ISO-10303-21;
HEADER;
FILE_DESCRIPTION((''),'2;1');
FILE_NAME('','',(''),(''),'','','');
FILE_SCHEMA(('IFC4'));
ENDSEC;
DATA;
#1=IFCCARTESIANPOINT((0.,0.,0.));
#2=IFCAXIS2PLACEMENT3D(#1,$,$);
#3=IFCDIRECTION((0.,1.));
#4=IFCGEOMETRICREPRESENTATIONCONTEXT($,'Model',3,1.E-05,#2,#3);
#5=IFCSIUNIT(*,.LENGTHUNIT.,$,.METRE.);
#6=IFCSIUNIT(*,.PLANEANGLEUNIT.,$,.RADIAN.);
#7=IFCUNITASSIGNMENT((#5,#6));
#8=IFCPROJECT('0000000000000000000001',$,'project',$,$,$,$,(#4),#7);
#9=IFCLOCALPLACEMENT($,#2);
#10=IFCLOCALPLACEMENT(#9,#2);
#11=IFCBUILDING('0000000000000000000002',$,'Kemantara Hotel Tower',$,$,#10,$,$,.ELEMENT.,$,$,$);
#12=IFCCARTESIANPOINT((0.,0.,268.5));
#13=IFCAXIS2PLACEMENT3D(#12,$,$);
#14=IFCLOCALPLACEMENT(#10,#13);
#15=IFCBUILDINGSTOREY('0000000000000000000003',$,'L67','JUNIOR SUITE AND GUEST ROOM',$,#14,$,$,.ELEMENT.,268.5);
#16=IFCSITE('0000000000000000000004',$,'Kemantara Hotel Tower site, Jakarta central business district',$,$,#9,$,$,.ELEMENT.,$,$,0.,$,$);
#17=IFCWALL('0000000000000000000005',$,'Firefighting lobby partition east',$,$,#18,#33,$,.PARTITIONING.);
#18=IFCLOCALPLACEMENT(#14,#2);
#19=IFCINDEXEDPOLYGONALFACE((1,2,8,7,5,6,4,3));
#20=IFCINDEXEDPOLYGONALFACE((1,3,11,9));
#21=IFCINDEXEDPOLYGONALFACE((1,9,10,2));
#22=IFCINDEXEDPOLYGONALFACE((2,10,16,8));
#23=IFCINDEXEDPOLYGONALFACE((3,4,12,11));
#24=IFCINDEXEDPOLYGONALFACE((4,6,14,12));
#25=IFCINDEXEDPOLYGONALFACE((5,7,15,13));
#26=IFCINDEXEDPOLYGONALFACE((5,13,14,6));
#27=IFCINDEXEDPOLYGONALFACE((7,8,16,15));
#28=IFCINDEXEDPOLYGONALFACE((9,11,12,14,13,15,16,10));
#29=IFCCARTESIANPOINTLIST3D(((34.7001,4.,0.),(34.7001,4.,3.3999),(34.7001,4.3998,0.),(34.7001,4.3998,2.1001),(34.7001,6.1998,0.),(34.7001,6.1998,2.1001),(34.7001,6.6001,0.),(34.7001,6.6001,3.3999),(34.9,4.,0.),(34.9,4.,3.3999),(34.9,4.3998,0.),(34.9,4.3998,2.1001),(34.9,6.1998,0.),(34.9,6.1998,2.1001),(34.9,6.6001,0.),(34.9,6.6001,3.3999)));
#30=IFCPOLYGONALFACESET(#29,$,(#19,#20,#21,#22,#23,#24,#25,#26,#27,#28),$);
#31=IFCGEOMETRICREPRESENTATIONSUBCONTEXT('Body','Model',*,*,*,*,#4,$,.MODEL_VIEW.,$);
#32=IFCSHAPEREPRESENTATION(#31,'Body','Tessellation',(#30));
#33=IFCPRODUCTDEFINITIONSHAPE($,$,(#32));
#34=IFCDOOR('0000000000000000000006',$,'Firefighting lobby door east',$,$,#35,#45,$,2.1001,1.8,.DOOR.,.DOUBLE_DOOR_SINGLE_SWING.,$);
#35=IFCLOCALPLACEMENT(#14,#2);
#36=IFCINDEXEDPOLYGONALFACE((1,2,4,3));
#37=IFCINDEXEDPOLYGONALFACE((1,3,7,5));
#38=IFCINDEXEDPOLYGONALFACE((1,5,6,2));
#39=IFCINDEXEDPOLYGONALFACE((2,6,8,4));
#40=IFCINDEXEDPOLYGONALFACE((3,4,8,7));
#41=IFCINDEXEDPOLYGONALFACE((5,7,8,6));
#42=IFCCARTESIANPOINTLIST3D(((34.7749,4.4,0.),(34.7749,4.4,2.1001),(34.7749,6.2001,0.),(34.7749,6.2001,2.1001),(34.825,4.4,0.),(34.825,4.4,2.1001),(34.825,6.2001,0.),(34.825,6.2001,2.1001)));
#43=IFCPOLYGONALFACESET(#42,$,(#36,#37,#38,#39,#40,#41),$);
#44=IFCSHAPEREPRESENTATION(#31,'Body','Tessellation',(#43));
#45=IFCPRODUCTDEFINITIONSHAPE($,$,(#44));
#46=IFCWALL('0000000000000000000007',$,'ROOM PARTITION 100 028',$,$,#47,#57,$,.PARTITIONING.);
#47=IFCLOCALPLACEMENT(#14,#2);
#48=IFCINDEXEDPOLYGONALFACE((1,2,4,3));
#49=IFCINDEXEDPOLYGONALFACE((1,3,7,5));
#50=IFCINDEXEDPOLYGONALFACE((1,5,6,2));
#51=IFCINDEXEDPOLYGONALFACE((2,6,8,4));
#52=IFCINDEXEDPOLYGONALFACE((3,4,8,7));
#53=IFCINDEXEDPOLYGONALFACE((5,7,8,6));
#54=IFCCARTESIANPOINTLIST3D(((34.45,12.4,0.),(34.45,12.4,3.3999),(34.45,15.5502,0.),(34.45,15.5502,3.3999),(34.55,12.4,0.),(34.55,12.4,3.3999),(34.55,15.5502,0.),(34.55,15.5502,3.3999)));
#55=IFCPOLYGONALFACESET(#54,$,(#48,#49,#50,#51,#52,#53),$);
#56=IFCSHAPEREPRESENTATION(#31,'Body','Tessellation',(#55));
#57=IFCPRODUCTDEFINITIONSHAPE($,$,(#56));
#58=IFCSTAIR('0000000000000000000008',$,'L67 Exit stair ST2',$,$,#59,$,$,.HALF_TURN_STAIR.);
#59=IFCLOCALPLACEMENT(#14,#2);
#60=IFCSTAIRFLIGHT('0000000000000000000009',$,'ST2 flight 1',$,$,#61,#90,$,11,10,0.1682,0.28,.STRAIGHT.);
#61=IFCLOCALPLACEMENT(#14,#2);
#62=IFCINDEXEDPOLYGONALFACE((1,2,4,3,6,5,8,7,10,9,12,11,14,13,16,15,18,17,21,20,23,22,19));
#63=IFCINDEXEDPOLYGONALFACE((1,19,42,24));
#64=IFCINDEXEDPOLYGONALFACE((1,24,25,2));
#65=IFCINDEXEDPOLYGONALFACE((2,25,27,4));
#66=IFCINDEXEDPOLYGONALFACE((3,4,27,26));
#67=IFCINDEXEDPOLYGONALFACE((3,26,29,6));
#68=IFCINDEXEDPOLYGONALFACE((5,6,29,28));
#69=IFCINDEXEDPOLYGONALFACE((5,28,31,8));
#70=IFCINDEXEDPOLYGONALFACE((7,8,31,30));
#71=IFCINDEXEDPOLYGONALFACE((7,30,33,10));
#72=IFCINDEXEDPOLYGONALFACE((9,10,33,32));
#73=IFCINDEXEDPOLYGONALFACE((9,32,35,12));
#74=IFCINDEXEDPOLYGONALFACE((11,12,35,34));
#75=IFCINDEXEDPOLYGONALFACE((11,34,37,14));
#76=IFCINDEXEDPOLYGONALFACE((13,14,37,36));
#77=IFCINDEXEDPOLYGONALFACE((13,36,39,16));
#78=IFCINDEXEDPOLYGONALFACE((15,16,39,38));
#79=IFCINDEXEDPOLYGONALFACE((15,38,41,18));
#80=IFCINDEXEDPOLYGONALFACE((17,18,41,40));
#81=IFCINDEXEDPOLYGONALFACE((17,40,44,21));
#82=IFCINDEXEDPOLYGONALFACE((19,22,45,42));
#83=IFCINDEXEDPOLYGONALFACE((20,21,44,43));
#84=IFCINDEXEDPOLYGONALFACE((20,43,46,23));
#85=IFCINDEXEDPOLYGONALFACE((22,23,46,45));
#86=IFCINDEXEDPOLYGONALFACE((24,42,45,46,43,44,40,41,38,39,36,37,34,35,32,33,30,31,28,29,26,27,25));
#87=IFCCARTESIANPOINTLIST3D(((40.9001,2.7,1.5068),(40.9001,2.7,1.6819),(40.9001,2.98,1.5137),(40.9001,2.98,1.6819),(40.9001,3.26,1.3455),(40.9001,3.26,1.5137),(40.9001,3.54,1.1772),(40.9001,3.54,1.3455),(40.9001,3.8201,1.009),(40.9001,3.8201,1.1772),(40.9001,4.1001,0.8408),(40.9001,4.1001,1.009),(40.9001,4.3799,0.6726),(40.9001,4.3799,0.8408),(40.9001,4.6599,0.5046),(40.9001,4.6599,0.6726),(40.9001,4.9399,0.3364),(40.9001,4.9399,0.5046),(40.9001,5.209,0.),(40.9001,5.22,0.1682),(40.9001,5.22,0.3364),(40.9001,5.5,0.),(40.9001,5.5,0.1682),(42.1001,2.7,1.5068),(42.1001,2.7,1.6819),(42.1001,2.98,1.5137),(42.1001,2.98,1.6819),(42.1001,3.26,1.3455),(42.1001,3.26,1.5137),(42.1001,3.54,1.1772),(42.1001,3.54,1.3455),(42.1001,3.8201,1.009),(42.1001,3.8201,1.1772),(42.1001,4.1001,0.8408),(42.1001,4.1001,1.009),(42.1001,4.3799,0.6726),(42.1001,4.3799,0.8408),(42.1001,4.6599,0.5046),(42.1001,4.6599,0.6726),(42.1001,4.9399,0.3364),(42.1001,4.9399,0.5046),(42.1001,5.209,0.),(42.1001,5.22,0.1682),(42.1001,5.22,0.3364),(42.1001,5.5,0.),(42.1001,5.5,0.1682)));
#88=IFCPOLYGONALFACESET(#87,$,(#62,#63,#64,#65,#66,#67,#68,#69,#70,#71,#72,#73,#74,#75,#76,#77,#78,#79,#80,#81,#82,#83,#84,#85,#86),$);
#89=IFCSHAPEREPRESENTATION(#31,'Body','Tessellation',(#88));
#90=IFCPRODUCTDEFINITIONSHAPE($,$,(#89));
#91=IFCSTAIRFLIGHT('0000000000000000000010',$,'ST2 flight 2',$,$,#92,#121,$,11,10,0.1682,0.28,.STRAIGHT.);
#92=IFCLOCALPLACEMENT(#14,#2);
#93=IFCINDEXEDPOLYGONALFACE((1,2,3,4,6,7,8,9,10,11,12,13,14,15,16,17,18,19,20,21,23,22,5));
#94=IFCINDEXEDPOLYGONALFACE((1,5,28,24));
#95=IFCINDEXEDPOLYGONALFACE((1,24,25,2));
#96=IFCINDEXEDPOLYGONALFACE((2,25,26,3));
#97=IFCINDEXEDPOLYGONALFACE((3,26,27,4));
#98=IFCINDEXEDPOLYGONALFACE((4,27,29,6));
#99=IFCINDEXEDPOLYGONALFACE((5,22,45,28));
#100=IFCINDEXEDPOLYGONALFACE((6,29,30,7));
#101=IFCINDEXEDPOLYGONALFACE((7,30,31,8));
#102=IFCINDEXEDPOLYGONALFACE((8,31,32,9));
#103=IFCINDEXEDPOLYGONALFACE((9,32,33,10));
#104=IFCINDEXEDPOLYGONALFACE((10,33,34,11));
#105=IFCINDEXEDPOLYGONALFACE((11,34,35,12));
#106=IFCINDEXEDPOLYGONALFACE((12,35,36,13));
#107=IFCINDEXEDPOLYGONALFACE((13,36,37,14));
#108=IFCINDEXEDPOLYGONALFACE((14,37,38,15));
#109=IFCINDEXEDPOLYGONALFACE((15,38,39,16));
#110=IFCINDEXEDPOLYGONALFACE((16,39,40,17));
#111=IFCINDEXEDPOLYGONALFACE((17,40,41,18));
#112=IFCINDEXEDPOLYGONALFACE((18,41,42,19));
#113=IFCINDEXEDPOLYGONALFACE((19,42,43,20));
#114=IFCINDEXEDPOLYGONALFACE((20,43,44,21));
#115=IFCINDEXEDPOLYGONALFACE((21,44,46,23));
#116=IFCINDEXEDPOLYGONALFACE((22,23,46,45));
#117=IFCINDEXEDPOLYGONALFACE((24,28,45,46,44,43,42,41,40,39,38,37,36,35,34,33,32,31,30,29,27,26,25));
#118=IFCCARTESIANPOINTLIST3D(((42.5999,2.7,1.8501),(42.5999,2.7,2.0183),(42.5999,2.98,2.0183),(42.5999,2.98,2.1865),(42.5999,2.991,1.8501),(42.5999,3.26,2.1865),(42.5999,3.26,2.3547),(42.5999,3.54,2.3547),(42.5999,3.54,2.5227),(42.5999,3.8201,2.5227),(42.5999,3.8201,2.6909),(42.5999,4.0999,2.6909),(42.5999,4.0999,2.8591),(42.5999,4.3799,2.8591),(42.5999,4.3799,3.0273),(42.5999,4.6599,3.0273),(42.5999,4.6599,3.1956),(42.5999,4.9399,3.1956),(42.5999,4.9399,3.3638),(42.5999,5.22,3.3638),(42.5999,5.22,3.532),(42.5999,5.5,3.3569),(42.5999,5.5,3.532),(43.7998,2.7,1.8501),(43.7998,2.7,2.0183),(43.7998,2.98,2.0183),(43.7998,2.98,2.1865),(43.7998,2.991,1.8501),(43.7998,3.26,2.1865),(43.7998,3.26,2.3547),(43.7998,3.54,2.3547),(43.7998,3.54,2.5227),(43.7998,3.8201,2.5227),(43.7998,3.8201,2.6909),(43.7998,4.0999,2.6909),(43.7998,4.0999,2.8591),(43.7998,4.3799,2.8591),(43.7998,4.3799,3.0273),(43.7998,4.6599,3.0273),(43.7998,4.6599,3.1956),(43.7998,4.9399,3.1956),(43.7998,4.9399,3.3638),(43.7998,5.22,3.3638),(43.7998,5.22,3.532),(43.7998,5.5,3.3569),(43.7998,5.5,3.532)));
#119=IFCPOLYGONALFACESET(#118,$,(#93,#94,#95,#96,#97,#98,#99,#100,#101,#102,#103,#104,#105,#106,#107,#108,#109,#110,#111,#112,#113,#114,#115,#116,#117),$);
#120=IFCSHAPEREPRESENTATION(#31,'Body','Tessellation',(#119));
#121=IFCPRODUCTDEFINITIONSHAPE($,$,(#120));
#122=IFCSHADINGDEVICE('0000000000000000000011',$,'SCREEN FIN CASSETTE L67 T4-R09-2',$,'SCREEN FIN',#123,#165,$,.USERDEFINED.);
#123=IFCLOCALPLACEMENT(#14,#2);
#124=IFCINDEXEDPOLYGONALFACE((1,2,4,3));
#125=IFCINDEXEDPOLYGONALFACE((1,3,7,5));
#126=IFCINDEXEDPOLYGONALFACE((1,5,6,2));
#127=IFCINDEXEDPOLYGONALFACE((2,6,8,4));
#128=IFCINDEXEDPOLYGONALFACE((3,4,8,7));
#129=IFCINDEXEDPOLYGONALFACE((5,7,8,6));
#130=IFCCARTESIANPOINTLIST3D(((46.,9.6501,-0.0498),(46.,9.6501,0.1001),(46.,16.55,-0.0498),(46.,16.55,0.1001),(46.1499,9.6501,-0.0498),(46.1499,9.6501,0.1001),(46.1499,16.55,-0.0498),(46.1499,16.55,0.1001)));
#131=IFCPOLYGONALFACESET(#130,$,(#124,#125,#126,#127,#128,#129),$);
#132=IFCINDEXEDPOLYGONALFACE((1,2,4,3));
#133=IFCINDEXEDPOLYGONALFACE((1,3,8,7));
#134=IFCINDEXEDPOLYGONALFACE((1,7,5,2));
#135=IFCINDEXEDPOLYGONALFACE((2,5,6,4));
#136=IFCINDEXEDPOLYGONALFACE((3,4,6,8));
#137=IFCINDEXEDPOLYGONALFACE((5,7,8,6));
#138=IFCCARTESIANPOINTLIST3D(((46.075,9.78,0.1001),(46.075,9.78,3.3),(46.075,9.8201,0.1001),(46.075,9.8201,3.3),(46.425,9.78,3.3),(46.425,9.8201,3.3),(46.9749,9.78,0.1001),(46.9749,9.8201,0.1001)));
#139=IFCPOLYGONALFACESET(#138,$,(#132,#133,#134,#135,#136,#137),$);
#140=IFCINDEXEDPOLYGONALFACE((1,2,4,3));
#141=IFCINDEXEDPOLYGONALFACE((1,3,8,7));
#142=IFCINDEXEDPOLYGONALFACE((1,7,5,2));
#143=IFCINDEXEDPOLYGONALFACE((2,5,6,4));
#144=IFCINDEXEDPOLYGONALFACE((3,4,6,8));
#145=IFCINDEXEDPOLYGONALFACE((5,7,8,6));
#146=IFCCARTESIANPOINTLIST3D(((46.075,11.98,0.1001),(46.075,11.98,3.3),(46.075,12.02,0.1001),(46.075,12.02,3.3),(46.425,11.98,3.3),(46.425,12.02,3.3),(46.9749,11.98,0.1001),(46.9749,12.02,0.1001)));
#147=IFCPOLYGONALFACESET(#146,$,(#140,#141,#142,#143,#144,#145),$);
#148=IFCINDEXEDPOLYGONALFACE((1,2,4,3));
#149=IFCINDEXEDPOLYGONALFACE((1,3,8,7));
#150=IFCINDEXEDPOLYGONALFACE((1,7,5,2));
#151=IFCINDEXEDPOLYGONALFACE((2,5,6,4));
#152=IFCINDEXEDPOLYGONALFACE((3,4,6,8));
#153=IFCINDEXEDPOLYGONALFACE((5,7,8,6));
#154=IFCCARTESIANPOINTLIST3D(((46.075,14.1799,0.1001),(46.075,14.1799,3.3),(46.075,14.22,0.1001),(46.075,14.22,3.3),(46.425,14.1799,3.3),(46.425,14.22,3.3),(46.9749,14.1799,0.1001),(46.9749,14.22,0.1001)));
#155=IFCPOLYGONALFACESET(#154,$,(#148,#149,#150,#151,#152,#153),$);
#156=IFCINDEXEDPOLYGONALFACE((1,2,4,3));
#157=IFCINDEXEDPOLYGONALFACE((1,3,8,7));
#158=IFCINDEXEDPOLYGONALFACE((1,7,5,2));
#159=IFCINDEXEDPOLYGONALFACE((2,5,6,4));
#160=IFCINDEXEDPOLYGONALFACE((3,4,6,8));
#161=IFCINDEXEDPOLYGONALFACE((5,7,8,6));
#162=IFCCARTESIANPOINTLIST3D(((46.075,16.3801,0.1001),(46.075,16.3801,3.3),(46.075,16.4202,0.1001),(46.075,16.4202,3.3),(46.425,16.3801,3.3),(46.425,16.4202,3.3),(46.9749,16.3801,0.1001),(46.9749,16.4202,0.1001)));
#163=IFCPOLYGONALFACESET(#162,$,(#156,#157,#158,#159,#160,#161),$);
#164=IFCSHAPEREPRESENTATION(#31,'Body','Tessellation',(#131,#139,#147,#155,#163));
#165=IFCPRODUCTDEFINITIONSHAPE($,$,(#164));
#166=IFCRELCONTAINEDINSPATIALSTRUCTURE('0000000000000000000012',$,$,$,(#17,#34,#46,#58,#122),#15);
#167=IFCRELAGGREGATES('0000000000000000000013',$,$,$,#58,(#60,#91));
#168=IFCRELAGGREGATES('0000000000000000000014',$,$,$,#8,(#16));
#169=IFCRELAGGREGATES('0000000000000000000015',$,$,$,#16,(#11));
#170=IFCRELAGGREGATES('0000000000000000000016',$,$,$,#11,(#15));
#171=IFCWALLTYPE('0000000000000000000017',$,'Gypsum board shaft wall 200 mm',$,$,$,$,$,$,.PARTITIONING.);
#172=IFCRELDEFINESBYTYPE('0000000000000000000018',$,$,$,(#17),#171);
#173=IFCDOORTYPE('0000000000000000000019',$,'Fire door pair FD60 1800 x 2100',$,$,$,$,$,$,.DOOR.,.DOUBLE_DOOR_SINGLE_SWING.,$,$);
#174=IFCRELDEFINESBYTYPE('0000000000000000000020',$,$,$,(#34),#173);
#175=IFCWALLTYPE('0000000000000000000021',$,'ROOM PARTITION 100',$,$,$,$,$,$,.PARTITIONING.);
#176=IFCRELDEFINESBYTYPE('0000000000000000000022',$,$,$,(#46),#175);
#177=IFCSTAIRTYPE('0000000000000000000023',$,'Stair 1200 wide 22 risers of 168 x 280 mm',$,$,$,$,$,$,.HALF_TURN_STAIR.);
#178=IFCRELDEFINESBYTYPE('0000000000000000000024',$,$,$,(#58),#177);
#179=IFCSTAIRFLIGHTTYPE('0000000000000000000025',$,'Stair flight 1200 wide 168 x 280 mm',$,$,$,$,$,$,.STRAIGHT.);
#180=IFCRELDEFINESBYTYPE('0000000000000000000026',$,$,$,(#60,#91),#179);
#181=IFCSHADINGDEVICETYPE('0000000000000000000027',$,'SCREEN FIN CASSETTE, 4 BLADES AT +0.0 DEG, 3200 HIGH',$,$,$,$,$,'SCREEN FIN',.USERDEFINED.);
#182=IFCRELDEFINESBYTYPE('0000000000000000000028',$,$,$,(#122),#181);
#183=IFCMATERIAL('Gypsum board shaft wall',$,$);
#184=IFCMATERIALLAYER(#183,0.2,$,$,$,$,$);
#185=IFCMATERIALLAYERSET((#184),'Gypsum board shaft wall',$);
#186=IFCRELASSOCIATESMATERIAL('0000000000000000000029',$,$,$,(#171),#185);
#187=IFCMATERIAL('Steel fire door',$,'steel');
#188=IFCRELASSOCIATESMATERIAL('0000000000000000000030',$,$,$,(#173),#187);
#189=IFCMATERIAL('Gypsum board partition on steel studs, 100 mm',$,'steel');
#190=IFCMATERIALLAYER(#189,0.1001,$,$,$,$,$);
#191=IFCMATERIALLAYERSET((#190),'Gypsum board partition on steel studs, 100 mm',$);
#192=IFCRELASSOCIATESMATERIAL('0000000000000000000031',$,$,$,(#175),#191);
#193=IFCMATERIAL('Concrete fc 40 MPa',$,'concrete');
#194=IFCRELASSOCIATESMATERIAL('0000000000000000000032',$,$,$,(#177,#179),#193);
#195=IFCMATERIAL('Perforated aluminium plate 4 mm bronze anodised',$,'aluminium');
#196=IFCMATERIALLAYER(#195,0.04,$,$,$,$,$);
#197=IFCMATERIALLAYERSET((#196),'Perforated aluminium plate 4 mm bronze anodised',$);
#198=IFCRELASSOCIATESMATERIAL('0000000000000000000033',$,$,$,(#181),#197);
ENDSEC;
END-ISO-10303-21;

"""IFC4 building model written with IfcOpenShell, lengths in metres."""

from ifc_helpers import new_model, si_unit, direction, frame, frame_2d, origin, origin_2d, place, context, subcontext, project, spatial, polyline, rectangle, outline, extrude, source, transform, mapped, material, layer, layer_set, type_object, element, fill, aggregate, save


model = new_model("IFC4")

# Units and contexts
model_context = context("Model", 3, precision=1e-05, world=origin(), true_north=direction((0.0, 1.0)))
body_context = subcontext(model_context, "Body", "Model", "MODEL_VIEW")
ifc_project = project(units=[si_unit("LENGTHUNIT", "METRE"), si_unit("PLANEANGLEUNIT", "RADIAN")], contexts=[model_context])

# Site, building, storey
site_placement = place(None, origin())
site = spatial("IfcSite", under=ifc_project, at=site_placement, Name="Kemantara Hotel Tower site, Jakarta central business district", CompositionType="ELEMENT", RefElevation=0.0)
building_placement = place(site_placement, origin())
building = spatial("IfcBuilding", under=site, at=building_placement, Name="Kemantara Hotel Tower", CompositionType="ELEMENT")
storey_placement = place(building_placement, frame((0.0, 0.0, 268.5)))
storey = spatial("IfcBuildingStorey", under=building, at=storey_placement, Name="L67", Description="JUNIOR SUITE AND GUEST ROOM", CompositionType="ELEMENT", Elevation=268.5)

# Shared definitions
ifc_material_1 = material(Name="Steel fire door", Category="steel")

# Wall, opening, door
ifc_material_2 = material(Name="Gypsum board shaft wall")
ifc_layer_1 = layer(ifc_material_2, 0.2)
ifc_layer_set_1 = layer_set([ifc_layer_1], Name="Gypsum board shaft wall")
wall_type_1 = type_object("IfcWallType", Name="Gypsum board shaft wall 200 mm", PredefinedType="PARTITIONING", material=ifc_layer_set_1)
wall_1_placement = place(storey_placement, frame((34.8, 4.0, 0.0), z_axis=(0.0, 0.0, 1.0), x_axis=(0.0, 1.0, 0.0)))
wall_1 = element("IfcWall", 1, at=wall_1_placement, inside=storey, type_object=wall_type_1, Name="Firefighting lobby partition east", PredefinedType="PARTITIONING", context=body_context, shape_type="SweptSolid", body=[
    extrude(rectangle(XDim=2.6001, YDim=0.2, at=frame_2d((1.3, 0.0))), origin(), (0.0, 0.0, 1.0), 3.3999),
])
opening_1_placement = place(wall_1_placement, frame((0.3999, 0.0, 0.0)))
opening_1 = element("IfcOpeningElement", 2, at=opening_1_placement, cuts=wall_1, PredefinedType="OPENING", context=body_context, shape_type="SweptSolid", body=[
    extrude(rectangle(XDim=1.8, YDim=2.1001, at=frame_2d((0.8999, 1.05))), frame((0.0, 0.1099, 0.0), z_axis=(0.0, -1.0, 0.0), x_axis=(1.0, 0.0, 0.0)), (0.0, 0.0, 1.0), 0.22),
])
door_type_1 = type_object("IfcDoorType", Name="Fire door pair FD60 1800 x 2100", OperationType="DOUBLE_DOOR_SINGLE_SWING", PredefinedType="DOOR", material=ifc_material_1)
door_1_placement = place(opening_1_placement, frame((1.8, 0.0, 0.0), z_axis=(0.0, 0.0, 1.0), x_axis=(-1.0, 0.0, 0.0)))
door_1 = element("IfcDoor", 3, at=door_1_placement, inside=storey, type_object=door_type_1, Name="Firefighting lobby door east", OperationType="DOUBLE_DOOR_SINGLE_SWING", OverallHeight=2.1001, OverallWidth=1.8, PredefinedType="DOOR", context=body_context, shape_type="SweptSolid", body=[
    extrude(rectangle(XDim=1.8, YDim=2.1001, at=frame_2d((0.8999, 1.05))), frame((0.0, 0.0249, 0.0), z_axis=(0.0, -1.0, 0.0), x_axis=(1.0, 0.0, 0.0)), (0.0, 0.0, 1.0), 0.05),
])
fill(opening_1, door_1)

# Wall
ifc_material_3 = material(Name="Gypsum board partition on steel studs, 100 mm", Category="steel")
ifc_layer_2 = layer(ifc_material_3, 0.1001)
ifc_layer_set_2 = layer_set([ifc_layer_2], Name="Gypsum board partition on steel studs, 100 mm")
wall_type_2 = type_object("IfcWallType", Name="ROOM PARTITION 100", PredefinedType="PARTITIONING", material=ifc_layer_set_2)
wall_2_placement = place(storey_placement, frame((34.5, 12.3999, 0.0), z_axis=(0.0, 0.0, 1.0), x_axis=(0.0, 1.0, 0.0)))
element("IfcWall", 4, at=wall_2_placement, inside=storey, type_object=wall_type_2, Name="ROOM PARTITION 100 028", PredefinedType="PARTITIONING", context=body_context, shape_type="SweptSolid", body=[
    extrude(rectangle(XDim=3.1501, YDim=0.1001, at=frame_2d((1.5752, 0.0))), origin(), (0.0, 0.0, 1.0), 3.3999),
])

# Stair, stair flights
ifc_material_4 = material(Name="Concrete fc 40 MPa", Category="concrete")
stair_type = type_object("IfcStairType", Name="Stair 1200 wide 22 risers of 168 x 280 mm", PredefinedType="HALF_TURN_STAIR", material=ifc_material_4)
stair_placement = place(storey_placement, origin())
stair = element("IfcStair", 5, at=stair_placement, inside=storey, type_object=stair_type, Name="L67 Exit stair ST2", PredefinedType="HALF_TURN_STAIR")
stair_flight_type = type_object("IfcStairFlightType", Name="Stair flight 1200 wide 168 x 280 mm", PredefinedType="STRAIGHT", material=ifc_material_4)
stair_flight_1_placement = place(storey_placement, frame((41.5, 5.5, 0.0), z_axis=(0.0, 0.0, 1.0), x_axis=(0.0, -1.0, 0.0)))
stair_flight_1 = element("IfcStairFlight", 6, at=stair_flight_1_placement, type_object=stair_flight_type, Name="ST2 flight 1", NumberOfRisers=11, NumberOfTreads=10, PredefinedType="STRAIGHT", RiserHeight=0.1682, TreadLength=0.28, context=body_context, shape_type="SweptSolid", body=[
    extrude(outline(polyline([(0.0, 0.0), (0.0, 0.1682), (0.28, 0.1682), (0.28, 0.3364), (0.5601, 0.3364), (0.5601, 0.5046), (0.8401, 0.5046), (0.8401, 0.6726), (1.1201, 0.6726), (1.1201, 0.8408), (1.3999, 0.8408), (1.3999, 1.009), (1.6799, 1.009), (1.6799, 1.1772), (1.96, 1.1772), (1.96, 1.3455), (2.24, 1.3455), (2.24, 1.5137), (2.52, 1.5137), (2.52, 1.6819), (2.8, 1.6819), (2.8, 1.8501), (2.8, 1.5068), (0.291, 0.0), (0.0, 0.0)])), frame((0.0, 0.6001, 0.0), z_axis=(0.0, -1.0, 0.0), x_axis=(1.0, 0.0, 0.0)), (0.0, 0.0, 1.0), 1.2),
])
stair_flight_2_placement = place(storey_placement, frame((43.2, 2.7, 1.8501), z_axis=(0.0, 0.0, 1.0), x_axis=(0.0, 1.0, 0.0)))
stair_flight_2 = element("IfcStairFlight", 7, at=stair_flight_2_placement, type_object=stair_flight_type, Name="ST2 flight 2", NumberOfRisers=11, NumberOfTreads=10, PredefinedType="STRAIGHT", RiserHeight=0.1682, TreadLength=0.28, context=body_context, shape_type="SweptSolid", body=[
    extrude(outline(polyline([(0.0, 0.0), (0.0, 0.1682), (0.28, 0.1682), (0.28, 0.3364), (0.5601, 0.3364), (0.5601, 0.5046), (0.8401, 0.5046), (0.8401, 0.6726), (1.1201, 0.6726), (1.1201, 0.8408), (1.3999, 0.8408), (1.3999, 1.009), (1.6799, 1.009), (1.6799, 1.1772), (1.96, 1.1772), (1.96, 1.3455), (2.24, 1.3455), (2.24, 1.5137), (2.52, 1.5137), (2.52, 1.6819), (2.8, 1.6819), (2.8, 1.8501), (2.8, 1.5068), (0.291, 0.0), (0.0, 0.0)])), frame((0.0, 0.6001, 0.0), z_axis=(0.0, -1.0, 0.0), x_axis=(1.0, 0.0, 0.0)), (0.0, 0.0, 1.0), 1.2),
])
aggregate(stair, [stair_flight_1, stair_flight_2])

# Shading device
ifc_material_5 = material(Name="Perforated aluminium plate 4 mm bronze anodised", Category="aluminium")
ifc_layer_3 = layer(ifc_material_5, 0.04)
ifc_layer_set_3 = layer_set([ifc_layer_3], Name="Perforated aluminium plate 4 mm bronze anodised")
shading_device_type_1 = type_object("IfcShadingDeviceType", Name="SCREEN FIN CASSETTE, 4 BLADES AT +0.0 DEG, 3200 HIGH", ElementType="SCREEN FIN", PredefinedType="USERDEFINED", material=ifc_layer_set_3)
shared_shape_1 = source(origin(), body_context, "Body", "SweptSolid", [
    extrude(rectangle(XDim=6.8999, YDim=0.1499, at=origin_2d()), frame((3.3, -0.075, -0.1499), z_axis=(0.0, 0.0, 1.0), x_axis=(1.0, 0.0, 0.0)), (0.0, 0.0, 1.0), 0.1499),
    extrude(outline(polyline([(0.0, 0.0), (0.8999, 0.0), (0.3501, 3.2), (0.0, 3.2), (0.0, 0.0)])), frame((0.02, -0.075, 0.0), z_axis=(-1.0, 0.0, 0.0), x_axis=(0.0, -1.0, 0.0)), (0.0, 0.0, 1.0), 0.04),
    extrude(outline(polyline([(0.0, 0.0), (0.8999, 0.0), (0.3501, 3.2), (0.0, 3.2), (0.0, 0.0)])), frame((2.22, -0.075, 0.0), z_axis=(-1.0, 0.0, 0.0), x_axis=(0.0, -1.0, 0.0)), (0.0, 0.0, 1.0), 0.04),
    extrude(outline(polyline([(0.0, 0.0), (0.8999, 0.0), (0.3501, 3.2), (0.0, 3.2), (0.0, 0.0)])), frame((4.4199, -0.075, 0.0), z_axis=(-1.0, 0.0, 0.0), x_axis=(0.0, -1.0, 0.0)), (0.0, 0.0, 1.0), 0.04),
    extrude(outline(polyline([(0.0, 0.0), (0.8999, 0.0), (0.3501, 3.2), (0.0, 3.2), (0.0, 0.0)])), frame((6.6201, -0.075, 0.0), z_axis=(-1.0, 0.0, 0.0), x_axis=(0.0, -1.0, 0.0)), (0.0, 0.0, 1.0), 0.04),
])
shading_device_1_placement = place(storey_placement, frame((46.0, 9.8, 0.1001), z_axis=(0.0, 0.0, 1.0), x_axis=(0.0, 1.0, 0.0)))
element("IfcShadingDevice", 8, at=shading_device_1_placement, inside=storey, type_object=shading_device_type_1, Name="SCREEN FIN CASSETTE L67 T4-R09-2", ObjectType="SCREEN FIN", PredefinedType="USERDEFINED", context=body_context, shape_type="MappedRepresentation", body=[
    mapped(shared_shape_1, transform((0.0, 0.0, 0.0))),
])

save(model, "model.ifc")
